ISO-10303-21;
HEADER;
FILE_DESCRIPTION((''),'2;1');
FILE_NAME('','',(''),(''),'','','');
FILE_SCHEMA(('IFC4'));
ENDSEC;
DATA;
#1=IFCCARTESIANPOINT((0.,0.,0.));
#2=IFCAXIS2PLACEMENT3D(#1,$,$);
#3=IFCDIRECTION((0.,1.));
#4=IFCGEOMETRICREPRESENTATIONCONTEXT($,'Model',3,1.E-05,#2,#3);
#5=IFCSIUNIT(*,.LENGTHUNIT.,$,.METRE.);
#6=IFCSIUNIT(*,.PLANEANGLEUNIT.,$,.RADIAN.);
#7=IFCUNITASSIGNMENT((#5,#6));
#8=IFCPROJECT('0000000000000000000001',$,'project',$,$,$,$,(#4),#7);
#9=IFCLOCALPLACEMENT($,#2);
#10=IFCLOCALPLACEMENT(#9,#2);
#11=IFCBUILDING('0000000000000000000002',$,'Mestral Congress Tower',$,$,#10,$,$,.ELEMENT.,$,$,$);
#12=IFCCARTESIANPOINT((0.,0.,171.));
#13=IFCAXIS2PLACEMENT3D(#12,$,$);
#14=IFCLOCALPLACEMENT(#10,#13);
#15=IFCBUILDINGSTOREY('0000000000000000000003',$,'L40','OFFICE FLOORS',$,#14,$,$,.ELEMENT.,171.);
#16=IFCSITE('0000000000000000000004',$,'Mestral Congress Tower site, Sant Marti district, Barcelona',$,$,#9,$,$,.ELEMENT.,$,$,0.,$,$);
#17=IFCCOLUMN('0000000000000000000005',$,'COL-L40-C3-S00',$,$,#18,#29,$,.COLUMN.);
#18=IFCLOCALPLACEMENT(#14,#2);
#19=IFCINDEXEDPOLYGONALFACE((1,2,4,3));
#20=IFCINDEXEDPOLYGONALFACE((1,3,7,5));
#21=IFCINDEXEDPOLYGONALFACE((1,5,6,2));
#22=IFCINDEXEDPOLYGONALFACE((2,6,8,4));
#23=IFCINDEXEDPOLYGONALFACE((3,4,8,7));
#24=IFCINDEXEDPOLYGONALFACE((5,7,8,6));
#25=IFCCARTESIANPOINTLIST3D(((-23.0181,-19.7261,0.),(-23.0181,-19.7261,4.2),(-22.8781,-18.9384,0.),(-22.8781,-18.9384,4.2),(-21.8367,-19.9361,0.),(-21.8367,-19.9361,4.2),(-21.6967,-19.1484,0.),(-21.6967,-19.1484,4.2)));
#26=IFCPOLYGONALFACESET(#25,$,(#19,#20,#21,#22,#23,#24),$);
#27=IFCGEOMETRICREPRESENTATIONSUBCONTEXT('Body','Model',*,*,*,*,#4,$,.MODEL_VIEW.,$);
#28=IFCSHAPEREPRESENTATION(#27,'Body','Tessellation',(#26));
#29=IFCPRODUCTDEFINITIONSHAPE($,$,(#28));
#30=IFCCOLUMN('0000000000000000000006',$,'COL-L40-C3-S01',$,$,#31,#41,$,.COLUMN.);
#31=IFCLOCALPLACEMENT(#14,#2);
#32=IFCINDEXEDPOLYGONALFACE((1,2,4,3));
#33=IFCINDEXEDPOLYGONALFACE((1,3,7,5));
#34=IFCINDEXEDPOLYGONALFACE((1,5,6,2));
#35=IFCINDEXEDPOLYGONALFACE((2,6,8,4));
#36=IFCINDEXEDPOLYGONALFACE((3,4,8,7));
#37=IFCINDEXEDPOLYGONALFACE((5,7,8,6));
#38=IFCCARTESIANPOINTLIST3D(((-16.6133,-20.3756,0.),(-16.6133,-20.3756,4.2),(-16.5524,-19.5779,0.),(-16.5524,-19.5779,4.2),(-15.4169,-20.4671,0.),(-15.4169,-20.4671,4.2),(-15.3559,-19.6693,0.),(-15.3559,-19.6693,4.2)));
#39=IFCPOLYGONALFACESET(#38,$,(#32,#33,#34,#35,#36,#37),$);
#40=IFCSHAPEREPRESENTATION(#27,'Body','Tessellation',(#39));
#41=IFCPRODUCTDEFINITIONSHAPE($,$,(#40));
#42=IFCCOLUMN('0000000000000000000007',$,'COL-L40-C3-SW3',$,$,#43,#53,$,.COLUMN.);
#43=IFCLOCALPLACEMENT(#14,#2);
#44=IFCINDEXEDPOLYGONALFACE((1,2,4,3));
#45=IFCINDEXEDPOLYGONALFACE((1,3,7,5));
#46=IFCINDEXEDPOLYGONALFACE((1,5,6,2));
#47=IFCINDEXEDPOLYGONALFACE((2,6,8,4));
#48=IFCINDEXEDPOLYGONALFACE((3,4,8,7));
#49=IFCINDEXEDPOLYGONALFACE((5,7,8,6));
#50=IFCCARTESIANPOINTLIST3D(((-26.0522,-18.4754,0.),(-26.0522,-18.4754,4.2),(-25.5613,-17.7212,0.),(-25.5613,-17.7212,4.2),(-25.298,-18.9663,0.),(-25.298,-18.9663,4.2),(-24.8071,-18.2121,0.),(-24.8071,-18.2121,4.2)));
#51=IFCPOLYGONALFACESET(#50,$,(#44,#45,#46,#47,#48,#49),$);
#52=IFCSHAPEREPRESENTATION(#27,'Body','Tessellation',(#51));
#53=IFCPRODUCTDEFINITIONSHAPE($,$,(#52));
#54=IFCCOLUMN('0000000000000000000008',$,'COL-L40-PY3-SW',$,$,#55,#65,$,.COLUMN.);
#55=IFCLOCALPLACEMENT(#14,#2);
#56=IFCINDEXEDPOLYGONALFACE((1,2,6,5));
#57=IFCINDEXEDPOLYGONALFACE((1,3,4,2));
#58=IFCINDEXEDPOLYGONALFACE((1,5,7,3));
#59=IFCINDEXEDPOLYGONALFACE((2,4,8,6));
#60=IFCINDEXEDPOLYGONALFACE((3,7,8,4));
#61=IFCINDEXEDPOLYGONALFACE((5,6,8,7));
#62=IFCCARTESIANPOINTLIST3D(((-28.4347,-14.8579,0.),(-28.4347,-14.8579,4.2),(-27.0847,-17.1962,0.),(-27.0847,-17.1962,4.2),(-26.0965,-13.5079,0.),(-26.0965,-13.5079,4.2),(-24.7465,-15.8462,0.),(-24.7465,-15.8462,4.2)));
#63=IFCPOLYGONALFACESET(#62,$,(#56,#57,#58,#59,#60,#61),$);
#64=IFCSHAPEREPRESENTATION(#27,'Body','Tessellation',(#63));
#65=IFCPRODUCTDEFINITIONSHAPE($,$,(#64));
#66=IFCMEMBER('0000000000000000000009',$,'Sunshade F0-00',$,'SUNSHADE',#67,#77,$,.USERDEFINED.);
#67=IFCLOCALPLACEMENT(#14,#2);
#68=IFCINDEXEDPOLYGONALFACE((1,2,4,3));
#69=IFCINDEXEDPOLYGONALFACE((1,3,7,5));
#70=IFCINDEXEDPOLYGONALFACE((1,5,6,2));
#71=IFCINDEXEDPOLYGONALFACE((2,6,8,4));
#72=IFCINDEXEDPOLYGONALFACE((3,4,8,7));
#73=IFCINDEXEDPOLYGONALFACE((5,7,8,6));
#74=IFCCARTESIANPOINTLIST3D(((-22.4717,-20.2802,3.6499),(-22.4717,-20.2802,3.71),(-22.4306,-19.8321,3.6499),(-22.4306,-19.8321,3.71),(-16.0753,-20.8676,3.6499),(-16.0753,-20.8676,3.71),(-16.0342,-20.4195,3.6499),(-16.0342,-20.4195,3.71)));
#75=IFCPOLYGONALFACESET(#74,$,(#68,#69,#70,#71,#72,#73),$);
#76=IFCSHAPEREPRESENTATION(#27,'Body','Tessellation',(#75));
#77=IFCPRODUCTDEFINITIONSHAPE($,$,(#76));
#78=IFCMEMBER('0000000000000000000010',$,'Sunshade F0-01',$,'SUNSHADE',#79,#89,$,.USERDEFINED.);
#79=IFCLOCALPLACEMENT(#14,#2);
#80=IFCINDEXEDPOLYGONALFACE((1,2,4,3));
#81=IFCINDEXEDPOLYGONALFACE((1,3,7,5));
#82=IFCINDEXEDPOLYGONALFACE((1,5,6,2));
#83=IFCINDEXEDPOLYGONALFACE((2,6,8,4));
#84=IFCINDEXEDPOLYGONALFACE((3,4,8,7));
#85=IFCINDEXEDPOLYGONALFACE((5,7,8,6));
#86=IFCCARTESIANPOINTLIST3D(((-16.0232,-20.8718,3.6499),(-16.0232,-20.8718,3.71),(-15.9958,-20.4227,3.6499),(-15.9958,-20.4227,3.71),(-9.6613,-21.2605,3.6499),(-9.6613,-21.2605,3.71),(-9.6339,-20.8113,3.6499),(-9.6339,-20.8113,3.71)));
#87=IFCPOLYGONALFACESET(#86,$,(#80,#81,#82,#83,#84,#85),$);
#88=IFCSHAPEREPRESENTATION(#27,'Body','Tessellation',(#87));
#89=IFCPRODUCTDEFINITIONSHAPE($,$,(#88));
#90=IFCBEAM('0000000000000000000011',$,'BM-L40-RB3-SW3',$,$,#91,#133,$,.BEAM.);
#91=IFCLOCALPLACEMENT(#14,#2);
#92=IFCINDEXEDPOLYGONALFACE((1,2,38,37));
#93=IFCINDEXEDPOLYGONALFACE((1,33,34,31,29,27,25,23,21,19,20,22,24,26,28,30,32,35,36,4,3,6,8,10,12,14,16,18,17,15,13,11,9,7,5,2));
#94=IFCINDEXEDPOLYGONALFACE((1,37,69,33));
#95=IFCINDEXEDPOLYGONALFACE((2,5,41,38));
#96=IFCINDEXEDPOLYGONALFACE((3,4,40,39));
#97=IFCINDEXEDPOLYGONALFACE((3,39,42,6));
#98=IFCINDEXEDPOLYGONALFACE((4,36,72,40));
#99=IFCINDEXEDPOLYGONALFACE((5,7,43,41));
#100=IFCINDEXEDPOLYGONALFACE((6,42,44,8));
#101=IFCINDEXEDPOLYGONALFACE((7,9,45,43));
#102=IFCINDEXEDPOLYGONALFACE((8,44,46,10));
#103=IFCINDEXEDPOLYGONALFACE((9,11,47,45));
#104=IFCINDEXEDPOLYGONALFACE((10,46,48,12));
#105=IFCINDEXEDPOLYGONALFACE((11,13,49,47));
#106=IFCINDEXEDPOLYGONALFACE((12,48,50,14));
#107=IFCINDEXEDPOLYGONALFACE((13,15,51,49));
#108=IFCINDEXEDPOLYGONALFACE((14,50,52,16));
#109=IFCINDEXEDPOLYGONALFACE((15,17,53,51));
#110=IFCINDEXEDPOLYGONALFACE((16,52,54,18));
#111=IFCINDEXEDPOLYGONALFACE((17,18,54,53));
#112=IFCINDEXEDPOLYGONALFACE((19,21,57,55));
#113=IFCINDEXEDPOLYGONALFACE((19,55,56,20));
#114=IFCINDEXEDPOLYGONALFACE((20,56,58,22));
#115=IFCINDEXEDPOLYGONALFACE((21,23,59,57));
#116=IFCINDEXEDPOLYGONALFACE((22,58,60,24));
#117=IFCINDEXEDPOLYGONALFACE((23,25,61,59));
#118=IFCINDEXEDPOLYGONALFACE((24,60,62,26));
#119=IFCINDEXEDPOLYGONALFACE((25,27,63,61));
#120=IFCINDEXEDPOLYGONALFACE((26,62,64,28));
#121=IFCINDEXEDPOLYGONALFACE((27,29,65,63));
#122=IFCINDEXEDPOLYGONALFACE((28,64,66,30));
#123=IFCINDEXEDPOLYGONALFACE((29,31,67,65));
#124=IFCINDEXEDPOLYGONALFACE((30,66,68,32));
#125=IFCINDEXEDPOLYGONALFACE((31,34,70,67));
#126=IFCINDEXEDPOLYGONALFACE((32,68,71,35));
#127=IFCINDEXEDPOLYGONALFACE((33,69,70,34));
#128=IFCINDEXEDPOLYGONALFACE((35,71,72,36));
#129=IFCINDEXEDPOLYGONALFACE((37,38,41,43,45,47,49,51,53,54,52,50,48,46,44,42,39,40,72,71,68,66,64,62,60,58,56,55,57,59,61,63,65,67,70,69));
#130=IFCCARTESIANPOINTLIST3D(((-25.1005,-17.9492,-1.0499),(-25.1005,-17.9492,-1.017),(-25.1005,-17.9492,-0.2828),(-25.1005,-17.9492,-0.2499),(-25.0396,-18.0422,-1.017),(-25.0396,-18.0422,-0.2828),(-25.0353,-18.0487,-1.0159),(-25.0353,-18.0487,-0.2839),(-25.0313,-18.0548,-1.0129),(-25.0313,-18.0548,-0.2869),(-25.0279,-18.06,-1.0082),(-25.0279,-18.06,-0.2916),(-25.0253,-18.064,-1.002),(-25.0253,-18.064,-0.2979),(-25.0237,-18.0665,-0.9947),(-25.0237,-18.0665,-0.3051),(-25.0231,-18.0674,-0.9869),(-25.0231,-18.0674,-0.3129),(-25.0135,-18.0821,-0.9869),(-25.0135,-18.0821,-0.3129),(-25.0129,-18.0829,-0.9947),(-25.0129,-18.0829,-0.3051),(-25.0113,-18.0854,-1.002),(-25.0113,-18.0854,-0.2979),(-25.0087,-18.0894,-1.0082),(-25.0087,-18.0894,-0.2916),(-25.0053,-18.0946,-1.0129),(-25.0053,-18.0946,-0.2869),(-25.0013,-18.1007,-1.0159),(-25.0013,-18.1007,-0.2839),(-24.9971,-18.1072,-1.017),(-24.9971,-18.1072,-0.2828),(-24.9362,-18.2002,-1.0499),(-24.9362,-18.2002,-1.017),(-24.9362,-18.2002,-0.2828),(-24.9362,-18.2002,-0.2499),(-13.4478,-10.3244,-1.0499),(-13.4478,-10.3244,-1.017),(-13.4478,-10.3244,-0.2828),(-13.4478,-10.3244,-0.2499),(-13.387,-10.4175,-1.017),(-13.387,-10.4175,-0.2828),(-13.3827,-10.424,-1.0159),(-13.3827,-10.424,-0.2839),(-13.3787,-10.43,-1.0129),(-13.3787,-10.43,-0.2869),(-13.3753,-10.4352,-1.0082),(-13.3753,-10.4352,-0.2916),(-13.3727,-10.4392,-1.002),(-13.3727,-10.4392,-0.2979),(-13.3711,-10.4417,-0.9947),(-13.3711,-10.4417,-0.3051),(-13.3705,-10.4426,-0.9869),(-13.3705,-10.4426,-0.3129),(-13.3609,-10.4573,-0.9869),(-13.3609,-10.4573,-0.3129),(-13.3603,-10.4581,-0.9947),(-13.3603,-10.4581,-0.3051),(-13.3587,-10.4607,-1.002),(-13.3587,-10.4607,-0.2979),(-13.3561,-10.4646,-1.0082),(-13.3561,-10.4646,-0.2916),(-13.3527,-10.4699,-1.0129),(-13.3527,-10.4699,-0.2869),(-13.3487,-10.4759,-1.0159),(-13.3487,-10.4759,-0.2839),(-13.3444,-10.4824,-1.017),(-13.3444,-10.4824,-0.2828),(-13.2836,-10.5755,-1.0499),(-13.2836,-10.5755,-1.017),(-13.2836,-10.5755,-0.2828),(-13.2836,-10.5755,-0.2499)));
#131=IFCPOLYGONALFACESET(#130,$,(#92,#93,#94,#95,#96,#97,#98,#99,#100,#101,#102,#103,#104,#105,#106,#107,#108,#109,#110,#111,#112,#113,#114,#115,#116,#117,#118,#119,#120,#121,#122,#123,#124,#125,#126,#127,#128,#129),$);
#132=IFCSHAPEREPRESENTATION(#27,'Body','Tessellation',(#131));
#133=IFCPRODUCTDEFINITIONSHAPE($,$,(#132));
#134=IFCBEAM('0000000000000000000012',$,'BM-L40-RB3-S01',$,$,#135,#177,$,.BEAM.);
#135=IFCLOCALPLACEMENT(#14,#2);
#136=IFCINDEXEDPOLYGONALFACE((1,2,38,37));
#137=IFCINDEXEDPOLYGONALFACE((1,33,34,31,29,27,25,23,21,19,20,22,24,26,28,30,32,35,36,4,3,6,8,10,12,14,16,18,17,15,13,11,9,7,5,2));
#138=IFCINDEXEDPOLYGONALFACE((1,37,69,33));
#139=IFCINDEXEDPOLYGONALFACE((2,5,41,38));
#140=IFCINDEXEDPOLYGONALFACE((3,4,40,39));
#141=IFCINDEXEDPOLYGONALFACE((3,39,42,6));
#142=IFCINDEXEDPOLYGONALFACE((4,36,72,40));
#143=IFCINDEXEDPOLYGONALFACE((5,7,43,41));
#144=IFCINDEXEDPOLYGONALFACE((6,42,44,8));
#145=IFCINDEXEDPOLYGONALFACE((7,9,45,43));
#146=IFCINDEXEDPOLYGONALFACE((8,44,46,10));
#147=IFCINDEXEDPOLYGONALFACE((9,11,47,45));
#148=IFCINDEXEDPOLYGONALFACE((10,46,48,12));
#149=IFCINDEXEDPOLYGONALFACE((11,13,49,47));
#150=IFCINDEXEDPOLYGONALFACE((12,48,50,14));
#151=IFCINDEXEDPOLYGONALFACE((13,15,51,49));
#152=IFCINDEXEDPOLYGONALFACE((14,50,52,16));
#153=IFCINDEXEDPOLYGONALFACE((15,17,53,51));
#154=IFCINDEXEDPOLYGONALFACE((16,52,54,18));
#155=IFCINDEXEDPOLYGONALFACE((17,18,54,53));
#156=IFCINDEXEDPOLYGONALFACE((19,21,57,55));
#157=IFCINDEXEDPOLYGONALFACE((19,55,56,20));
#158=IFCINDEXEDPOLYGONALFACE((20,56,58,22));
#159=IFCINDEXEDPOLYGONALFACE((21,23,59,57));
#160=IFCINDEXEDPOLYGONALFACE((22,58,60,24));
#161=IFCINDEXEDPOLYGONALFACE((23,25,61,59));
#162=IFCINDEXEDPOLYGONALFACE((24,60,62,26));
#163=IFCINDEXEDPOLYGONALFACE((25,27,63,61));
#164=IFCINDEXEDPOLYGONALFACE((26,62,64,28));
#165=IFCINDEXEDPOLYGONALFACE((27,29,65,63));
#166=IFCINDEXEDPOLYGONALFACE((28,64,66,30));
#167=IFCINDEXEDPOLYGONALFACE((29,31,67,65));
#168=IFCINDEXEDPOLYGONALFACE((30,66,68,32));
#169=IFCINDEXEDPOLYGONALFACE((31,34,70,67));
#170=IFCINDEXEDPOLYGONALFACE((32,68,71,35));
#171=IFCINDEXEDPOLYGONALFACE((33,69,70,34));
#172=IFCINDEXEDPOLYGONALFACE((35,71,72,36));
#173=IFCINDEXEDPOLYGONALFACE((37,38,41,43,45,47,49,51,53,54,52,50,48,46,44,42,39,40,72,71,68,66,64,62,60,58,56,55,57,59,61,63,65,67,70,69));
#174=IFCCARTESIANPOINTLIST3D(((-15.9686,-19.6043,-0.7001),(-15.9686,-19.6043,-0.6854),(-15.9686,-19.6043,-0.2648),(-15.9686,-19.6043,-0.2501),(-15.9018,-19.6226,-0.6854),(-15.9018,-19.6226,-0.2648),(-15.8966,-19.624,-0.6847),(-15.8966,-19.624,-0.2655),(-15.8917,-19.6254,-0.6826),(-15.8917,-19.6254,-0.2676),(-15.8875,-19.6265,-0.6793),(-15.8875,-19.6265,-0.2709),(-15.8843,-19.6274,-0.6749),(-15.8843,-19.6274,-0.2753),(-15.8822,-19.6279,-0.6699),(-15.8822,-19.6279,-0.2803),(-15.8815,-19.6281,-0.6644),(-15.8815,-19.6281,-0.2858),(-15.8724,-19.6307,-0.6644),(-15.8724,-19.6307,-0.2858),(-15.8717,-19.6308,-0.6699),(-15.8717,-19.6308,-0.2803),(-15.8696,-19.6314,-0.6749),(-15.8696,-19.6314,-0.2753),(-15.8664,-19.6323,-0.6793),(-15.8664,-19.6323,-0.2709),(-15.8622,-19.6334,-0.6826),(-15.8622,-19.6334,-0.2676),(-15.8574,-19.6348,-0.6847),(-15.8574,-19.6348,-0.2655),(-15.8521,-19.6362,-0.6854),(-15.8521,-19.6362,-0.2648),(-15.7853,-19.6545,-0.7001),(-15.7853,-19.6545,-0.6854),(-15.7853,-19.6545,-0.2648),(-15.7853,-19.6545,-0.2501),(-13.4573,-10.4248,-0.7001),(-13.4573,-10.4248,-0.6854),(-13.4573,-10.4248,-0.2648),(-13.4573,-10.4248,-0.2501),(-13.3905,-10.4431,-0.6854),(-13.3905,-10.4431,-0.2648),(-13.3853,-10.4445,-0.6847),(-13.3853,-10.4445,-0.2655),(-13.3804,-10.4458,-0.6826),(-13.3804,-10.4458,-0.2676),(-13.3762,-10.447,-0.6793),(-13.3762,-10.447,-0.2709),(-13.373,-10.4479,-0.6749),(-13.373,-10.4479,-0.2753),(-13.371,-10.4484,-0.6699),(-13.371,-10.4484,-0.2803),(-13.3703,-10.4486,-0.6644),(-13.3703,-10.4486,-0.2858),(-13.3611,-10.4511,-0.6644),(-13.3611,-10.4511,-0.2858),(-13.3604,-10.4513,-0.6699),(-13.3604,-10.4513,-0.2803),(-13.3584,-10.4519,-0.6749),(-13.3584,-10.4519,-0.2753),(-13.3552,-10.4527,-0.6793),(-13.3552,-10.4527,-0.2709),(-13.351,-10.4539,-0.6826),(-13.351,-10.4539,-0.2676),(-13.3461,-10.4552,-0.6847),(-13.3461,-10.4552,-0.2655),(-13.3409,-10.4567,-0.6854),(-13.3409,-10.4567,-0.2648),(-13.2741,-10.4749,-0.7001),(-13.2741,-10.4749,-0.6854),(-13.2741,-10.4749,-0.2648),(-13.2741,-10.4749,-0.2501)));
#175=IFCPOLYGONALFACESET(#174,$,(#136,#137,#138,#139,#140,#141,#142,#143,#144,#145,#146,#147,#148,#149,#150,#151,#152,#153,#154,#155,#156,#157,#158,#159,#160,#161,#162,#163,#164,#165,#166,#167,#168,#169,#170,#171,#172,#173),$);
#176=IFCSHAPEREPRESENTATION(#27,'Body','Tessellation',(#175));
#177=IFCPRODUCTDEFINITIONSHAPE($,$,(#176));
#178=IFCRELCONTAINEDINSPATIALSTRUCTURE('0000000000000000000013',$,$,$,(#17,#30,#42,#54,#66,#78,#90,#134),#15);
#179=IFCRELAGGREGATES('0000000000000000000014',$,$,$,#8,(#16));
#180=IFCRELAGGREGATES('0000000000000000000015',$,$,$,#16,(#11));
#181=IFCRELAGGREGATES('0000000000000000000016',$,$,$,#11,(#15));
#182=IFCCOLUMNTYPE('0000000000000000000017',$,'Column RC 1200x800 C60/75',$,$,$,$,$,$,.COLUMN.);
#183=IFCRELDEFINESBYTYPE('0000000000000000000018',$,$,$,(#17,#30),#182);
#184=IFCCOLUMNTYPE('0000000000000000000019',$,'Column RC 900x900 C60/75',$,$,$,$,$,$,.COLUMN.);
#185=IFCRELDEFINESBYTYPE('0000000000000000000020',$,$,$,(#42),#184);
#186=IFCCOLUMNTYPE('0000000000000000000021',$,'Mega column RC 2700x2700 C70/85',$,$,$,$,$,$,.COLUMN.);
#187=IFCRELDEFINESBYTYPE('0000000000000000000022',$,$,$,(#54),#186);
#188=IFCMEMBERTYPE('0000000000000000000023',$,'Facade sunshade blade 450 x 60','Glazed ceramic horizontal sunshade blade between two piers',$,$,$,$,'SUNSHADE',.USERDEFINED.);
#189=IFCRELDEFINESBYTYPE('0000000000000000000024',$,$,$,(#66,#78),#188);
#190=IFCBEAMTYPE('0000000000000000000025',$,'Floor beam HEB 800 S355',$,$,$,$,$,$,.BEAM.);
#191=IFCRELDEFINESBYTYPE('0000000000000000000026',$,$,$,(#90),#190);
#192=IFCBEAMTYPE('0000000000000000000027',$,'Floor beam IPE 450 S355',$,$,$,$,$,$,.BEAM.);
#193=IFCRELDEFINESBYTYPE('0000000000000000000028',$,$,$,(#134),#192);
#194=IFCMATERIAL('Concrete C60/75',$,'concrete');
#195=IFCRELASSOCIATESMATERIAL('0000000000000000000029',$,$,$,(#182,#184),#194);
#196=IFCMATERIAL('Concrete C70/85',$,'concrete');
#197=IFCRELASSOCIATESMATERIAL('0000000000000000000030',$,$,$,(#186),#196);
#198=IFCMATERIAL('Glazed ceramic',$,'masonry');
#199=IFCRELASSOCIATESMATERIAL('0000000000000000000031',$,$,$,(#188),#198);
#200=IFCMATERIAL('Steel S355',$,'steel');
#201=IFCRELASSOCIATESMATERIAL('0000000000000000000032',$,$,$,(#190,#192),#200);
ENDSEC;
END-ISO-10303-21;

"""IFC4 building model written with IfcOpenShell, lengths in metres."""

from ifc_helpers import new_model, si_unit, direction, frame, origin, origin_2d, place, context, subcontext, project, spatial, rectangle, i_section, extrude, material, material_profile, profile_set, type_object, element, save


model = new_model("IFC4")

# Units and contexts
model_context = context("Model", 3, precision=1e-05, world=origin(), true_north=direction((0.0, 1.0)))
body_context = subcontext(model_context, "Body", "Model", "MODEL_VIEW")
ifc_project = project(units=[si_unit("LENGTHUNIT", "METRE"), si_unit("PLANEANGLEUNIT", "RADIAN")], contexts=[model_context])

# Site, building, storey
site_placement = place(None, origin())
site = spatial("IfcSite", under=ifc_project, at=site_placement, Name="Mestral Congress Tower site, Sant Marti district, Barcelona", CompositionType="ELEMENT", RefElevation=0.0)
building_placement = place(site_placement, origin())
building = spatial("IfcBuilding", under=site, at=building_placement, Name="Mestral Congress Tower", CompositionType="ELEMENT")
storey_placement = place(building_placement, frame((0.0, 0.0, 171.0)))
storey = spatial("IfcBuildingStorey", under=building, at=storey_placement, Name="L40", Description="OFFICE FLOORS", CompositionType="ELEMENT", Elevation=171.0)

# Columns
ifc_material_1 = material(Name="Concrete C60/75", Category="concrete")
ifc_material_profile_1 = material_profile(ifc_material_1, rectangle(XDim=1.2, YDim=0.8, at=origin_2d()), Name="RC 1200x800")
ifc_profile_set_1 = profile_set([ifc_material_profile_1], Name="Concrete C60/75")
column_type_1 = type_object("IfcColumnType", Name="Column RC 1200x800 C60/75", PredefinedType="COLUMN", material=ifc_profile_set_1)
for number, where, z_axis, x_axis, name in (
    (1, (-22.3574, -19.4373, 0.0), (0.0, 0.0, 1.0), (0.984571, -0.174985, 0.0), "COL-L40-C3-S00"),
    (2, (-15.9846, -20.0225, 0.0), (0.0, 0.0, 1.0), (0.99709, -0.076237, 0.0), "COL-L40-C3-S01"),
):
    element("IfcColumn", number, at=place(storey_placement, frame(where, z_axis=z_axis, x_axis=x_axis)), inside=storey, type_object=column_type_1, Name=name, PredefinedType="COLUMN", context=body_context, shape_type="SweptSolid", body=[
        extrude(rectangle(XDim=1.2, YDim=0.8, at=origin_2d()), origin(), (0.0, 0.0, 1.0), 4.2),
    ])
ifc_material_profile_2 = material_profile(ifc_material_1, rectangle(XDim=0.8999, YDim=0.8999, at=origin_2d()), Name="RC 900x900")
ifc_profile_set_2 = profile_set([ifc_material_profile_2], Name="Concrete C60/75")
column_type_2 = type_object("IfcColumnType", Name="Column RC 900x900 C60/75", PredefinedType="COLUMN", material=ifc_profile_set_2)
column_1_placement = place(storey_placement, frame((-25.4297, -18.3438, 0.0), z_axis=(0.0, 0.0, 1.0), x_axis=(0.838094, -0.545526, 0.0)))
element("IfcColumn", 3, at=column_1_placement, inside=storey, type_object=column_type_2, Name="COL-L40-C3-SW3", PredefinedType="COLUMN", context=body_context, shape_type="SweptSolid", body=[
    extrude(rectangle(XDim=0.8999, YDim=0.8999, at=origin_2d()), origin(), (0.0, 0.0, 1.0), 4.2),
])
ifc_material_2 = material(Name="Concrete C70/85", Category="concrete")
ifc_material_profile_3 = material_profile(ifc_material_2, rectangle(XDim=2.7, YDim=2.7, at=origin_2d()), Name="RC 2700x2700")
ifc_profile_set_3 = profile_set([ifc_material_profile_3], Name="Concrete C70/85")
column_type_3 = type_object("IfcColumnType", Name="Mega column RC 2700x2700 C70/85", PredefinedType="COLUMN", material=ifc_profile_set_3)
column_2_placement = place(storey_placement, frame((-26.5906, -15.3521, 0.0), z_axis=(0.0, 0.0, 1.0), x_axis=(-0.866025, -0.5, 0.0)))
element("IfcColumn", 4, at=column_2_placement, inside=storey, type_object=column_type_3, Name="COL-L40-PY3-SW", PredefinedType="COLUMN", context=body_context, shape_type="SweptSolid", body=[
    extrude(rectangle(XDim=2.7, YDim=2.7, at=origin_2d()), origin(), (0.0, 0.0, 1.0), 4.2),
])

# Members
ifc_material_3 = material(Name="Glazed ceramic", Category="masonry")
ifc_material_profile_4 = material_profile(ifc_material_3, rectangle(XDim=0.45, YDim=0.0601, at=origin_2d()), Name="Ceramic blade 450 x 60")
ifc_profile_set_4 = profile_set([ifc_material_profile_4], Name="Glazed ceramic")
member_type = type_object("IfcMemberType", Name="Facade sunshade blade 450 x 60", Description="Glazed ceramic horizontal sunshade blade between two piers", ElementType="SUNSHADE", PredefinedType="USERDEFINED", material=ifc_profile_set_4)
member_1_placement = place(storey_placement, frame((-22.4512, -20.0562, 3.6799), z_axis=(0.99581, -0.091447, 0.0), x_axis=(0.091447, 0.99581, 0.0)))
element("IfcMember", 5, at=member_1_placement, inside=storey, type_object=member_type, Name="Sunshade F0-00", ObjectType="SUNSHADE", PredefinedType="USERDEFINED", context=body_context, shape_type="SweptSolid", body=[
    extrude(rectangle(XDim=0.45, YDim=0.0601, at=origin_2d()), origin(), (0.0, 0.0, 1.0), 6.4233),
])
member_2_placement = place(storey_placement, frame((-16.0095, -20.6472, 3.6799), z_axis=(0.998139, -0.060981, 0.0), x_axis=(0.060981, 0.998139, 0.0)))
element("IfcMember", 6, at=member_2_placement, inside=storey, type_object=member_type, Name="Sunshade F0-01", ObjectType="SUNSHADE", PredefinedType="USERDEFINED", context=body_context, shape_type="SweptSolid", body=[
    extrude(rectangle(XDim=0.45, YDim=0.0601, at=origin_2d()), origin(), (0.0, 0.0, 1.0), 6.3738),
])

# Beams
ifc_material_4 = material(Name="Steel S355", Category="steel")
ifc_material_profile_5 = material_profile(ifc_material_4, i_section(OverallWidth=0.3, OverallDepth=0.8, WebThickness=0.0176, FlangeThickness=0.033, FilletRadius=0.03, at=origin_2d()), Name="HEB 800")
ifc_profile_set_5 = profile_set([ifc_material_profile_5], Name="Steel S355")
beam_type_1 = type_object("IfcBeamType", Name="Floor beam HEB 800 S355", PredefinedType="BEAM", material=ifc_profile_set_5)
beam_1_placement = place(storey_placement, frame((-25.0183, -18.0747, -0.6499), z_axis=(0.83678, 0.547539, 0.0), x_axis=(-0.547539, 0.83678, 0.0)))
element("IfcBeam", 7, at=beam_1_placement, inside=storey, type_object=beam_type_1, Name="BM-L40-RB3-SW3", PredefinedType="BEAM", context=body_context, shape_type="SweptSolid", body=[
    extrude(i_section(OverallWidth=0.3, OverallDepth=0.8, WebThickness=0.0176, FlangeThickness=0.033, FilletRadius=0.03, at=origin_2d()), origin(), (0.0, 0.0, 1.0), 13.9255),
])
ifc_material_profile_6 = material_profile(ifc_material_4, i_section(OverallWidth=0.1899, OverallDepth=0.45, WebThickness=0.0095, FlangeThickness=0.0146, FilletRadius=0.021, at=origin_2d()), Name="IPE 450")
ifc_profile_set_6 = profile_set([ifc_material_profile_6], Name="Steel S355")
beam_type_2 = type_object("IfcBeamType", Name="Floor beam IPE 450 S355", PredefinedType="BEAM", material=ifc_profile_set_6)
beam_2_placement = place(storey_placement, frame((-15.877, -19.6294, -0.4751), z_axis=(0.263875, 0.964557, 0.0), x_axis=(-0.964557, 0.263875, 0.0)))
element("IfcBeam", 8, at=beam_2_placement, inside=storey, type_object=beam_type_2, Name="BM-L40-RB3-S01", PredefinedType="BEAM", context=body_context, shape_type="SweptSolid", body=[
    extrude(i_section(OverallWidth=0.1899, OverallDepth=0.45, WebThickness=0.0095, FlangeThickness=0.0146, FilletRadius=0.021, at=origin_2d()), origin(), (0.0, 0.0, 1.0), 9.5168),
])

save(model, "model.ifc")
